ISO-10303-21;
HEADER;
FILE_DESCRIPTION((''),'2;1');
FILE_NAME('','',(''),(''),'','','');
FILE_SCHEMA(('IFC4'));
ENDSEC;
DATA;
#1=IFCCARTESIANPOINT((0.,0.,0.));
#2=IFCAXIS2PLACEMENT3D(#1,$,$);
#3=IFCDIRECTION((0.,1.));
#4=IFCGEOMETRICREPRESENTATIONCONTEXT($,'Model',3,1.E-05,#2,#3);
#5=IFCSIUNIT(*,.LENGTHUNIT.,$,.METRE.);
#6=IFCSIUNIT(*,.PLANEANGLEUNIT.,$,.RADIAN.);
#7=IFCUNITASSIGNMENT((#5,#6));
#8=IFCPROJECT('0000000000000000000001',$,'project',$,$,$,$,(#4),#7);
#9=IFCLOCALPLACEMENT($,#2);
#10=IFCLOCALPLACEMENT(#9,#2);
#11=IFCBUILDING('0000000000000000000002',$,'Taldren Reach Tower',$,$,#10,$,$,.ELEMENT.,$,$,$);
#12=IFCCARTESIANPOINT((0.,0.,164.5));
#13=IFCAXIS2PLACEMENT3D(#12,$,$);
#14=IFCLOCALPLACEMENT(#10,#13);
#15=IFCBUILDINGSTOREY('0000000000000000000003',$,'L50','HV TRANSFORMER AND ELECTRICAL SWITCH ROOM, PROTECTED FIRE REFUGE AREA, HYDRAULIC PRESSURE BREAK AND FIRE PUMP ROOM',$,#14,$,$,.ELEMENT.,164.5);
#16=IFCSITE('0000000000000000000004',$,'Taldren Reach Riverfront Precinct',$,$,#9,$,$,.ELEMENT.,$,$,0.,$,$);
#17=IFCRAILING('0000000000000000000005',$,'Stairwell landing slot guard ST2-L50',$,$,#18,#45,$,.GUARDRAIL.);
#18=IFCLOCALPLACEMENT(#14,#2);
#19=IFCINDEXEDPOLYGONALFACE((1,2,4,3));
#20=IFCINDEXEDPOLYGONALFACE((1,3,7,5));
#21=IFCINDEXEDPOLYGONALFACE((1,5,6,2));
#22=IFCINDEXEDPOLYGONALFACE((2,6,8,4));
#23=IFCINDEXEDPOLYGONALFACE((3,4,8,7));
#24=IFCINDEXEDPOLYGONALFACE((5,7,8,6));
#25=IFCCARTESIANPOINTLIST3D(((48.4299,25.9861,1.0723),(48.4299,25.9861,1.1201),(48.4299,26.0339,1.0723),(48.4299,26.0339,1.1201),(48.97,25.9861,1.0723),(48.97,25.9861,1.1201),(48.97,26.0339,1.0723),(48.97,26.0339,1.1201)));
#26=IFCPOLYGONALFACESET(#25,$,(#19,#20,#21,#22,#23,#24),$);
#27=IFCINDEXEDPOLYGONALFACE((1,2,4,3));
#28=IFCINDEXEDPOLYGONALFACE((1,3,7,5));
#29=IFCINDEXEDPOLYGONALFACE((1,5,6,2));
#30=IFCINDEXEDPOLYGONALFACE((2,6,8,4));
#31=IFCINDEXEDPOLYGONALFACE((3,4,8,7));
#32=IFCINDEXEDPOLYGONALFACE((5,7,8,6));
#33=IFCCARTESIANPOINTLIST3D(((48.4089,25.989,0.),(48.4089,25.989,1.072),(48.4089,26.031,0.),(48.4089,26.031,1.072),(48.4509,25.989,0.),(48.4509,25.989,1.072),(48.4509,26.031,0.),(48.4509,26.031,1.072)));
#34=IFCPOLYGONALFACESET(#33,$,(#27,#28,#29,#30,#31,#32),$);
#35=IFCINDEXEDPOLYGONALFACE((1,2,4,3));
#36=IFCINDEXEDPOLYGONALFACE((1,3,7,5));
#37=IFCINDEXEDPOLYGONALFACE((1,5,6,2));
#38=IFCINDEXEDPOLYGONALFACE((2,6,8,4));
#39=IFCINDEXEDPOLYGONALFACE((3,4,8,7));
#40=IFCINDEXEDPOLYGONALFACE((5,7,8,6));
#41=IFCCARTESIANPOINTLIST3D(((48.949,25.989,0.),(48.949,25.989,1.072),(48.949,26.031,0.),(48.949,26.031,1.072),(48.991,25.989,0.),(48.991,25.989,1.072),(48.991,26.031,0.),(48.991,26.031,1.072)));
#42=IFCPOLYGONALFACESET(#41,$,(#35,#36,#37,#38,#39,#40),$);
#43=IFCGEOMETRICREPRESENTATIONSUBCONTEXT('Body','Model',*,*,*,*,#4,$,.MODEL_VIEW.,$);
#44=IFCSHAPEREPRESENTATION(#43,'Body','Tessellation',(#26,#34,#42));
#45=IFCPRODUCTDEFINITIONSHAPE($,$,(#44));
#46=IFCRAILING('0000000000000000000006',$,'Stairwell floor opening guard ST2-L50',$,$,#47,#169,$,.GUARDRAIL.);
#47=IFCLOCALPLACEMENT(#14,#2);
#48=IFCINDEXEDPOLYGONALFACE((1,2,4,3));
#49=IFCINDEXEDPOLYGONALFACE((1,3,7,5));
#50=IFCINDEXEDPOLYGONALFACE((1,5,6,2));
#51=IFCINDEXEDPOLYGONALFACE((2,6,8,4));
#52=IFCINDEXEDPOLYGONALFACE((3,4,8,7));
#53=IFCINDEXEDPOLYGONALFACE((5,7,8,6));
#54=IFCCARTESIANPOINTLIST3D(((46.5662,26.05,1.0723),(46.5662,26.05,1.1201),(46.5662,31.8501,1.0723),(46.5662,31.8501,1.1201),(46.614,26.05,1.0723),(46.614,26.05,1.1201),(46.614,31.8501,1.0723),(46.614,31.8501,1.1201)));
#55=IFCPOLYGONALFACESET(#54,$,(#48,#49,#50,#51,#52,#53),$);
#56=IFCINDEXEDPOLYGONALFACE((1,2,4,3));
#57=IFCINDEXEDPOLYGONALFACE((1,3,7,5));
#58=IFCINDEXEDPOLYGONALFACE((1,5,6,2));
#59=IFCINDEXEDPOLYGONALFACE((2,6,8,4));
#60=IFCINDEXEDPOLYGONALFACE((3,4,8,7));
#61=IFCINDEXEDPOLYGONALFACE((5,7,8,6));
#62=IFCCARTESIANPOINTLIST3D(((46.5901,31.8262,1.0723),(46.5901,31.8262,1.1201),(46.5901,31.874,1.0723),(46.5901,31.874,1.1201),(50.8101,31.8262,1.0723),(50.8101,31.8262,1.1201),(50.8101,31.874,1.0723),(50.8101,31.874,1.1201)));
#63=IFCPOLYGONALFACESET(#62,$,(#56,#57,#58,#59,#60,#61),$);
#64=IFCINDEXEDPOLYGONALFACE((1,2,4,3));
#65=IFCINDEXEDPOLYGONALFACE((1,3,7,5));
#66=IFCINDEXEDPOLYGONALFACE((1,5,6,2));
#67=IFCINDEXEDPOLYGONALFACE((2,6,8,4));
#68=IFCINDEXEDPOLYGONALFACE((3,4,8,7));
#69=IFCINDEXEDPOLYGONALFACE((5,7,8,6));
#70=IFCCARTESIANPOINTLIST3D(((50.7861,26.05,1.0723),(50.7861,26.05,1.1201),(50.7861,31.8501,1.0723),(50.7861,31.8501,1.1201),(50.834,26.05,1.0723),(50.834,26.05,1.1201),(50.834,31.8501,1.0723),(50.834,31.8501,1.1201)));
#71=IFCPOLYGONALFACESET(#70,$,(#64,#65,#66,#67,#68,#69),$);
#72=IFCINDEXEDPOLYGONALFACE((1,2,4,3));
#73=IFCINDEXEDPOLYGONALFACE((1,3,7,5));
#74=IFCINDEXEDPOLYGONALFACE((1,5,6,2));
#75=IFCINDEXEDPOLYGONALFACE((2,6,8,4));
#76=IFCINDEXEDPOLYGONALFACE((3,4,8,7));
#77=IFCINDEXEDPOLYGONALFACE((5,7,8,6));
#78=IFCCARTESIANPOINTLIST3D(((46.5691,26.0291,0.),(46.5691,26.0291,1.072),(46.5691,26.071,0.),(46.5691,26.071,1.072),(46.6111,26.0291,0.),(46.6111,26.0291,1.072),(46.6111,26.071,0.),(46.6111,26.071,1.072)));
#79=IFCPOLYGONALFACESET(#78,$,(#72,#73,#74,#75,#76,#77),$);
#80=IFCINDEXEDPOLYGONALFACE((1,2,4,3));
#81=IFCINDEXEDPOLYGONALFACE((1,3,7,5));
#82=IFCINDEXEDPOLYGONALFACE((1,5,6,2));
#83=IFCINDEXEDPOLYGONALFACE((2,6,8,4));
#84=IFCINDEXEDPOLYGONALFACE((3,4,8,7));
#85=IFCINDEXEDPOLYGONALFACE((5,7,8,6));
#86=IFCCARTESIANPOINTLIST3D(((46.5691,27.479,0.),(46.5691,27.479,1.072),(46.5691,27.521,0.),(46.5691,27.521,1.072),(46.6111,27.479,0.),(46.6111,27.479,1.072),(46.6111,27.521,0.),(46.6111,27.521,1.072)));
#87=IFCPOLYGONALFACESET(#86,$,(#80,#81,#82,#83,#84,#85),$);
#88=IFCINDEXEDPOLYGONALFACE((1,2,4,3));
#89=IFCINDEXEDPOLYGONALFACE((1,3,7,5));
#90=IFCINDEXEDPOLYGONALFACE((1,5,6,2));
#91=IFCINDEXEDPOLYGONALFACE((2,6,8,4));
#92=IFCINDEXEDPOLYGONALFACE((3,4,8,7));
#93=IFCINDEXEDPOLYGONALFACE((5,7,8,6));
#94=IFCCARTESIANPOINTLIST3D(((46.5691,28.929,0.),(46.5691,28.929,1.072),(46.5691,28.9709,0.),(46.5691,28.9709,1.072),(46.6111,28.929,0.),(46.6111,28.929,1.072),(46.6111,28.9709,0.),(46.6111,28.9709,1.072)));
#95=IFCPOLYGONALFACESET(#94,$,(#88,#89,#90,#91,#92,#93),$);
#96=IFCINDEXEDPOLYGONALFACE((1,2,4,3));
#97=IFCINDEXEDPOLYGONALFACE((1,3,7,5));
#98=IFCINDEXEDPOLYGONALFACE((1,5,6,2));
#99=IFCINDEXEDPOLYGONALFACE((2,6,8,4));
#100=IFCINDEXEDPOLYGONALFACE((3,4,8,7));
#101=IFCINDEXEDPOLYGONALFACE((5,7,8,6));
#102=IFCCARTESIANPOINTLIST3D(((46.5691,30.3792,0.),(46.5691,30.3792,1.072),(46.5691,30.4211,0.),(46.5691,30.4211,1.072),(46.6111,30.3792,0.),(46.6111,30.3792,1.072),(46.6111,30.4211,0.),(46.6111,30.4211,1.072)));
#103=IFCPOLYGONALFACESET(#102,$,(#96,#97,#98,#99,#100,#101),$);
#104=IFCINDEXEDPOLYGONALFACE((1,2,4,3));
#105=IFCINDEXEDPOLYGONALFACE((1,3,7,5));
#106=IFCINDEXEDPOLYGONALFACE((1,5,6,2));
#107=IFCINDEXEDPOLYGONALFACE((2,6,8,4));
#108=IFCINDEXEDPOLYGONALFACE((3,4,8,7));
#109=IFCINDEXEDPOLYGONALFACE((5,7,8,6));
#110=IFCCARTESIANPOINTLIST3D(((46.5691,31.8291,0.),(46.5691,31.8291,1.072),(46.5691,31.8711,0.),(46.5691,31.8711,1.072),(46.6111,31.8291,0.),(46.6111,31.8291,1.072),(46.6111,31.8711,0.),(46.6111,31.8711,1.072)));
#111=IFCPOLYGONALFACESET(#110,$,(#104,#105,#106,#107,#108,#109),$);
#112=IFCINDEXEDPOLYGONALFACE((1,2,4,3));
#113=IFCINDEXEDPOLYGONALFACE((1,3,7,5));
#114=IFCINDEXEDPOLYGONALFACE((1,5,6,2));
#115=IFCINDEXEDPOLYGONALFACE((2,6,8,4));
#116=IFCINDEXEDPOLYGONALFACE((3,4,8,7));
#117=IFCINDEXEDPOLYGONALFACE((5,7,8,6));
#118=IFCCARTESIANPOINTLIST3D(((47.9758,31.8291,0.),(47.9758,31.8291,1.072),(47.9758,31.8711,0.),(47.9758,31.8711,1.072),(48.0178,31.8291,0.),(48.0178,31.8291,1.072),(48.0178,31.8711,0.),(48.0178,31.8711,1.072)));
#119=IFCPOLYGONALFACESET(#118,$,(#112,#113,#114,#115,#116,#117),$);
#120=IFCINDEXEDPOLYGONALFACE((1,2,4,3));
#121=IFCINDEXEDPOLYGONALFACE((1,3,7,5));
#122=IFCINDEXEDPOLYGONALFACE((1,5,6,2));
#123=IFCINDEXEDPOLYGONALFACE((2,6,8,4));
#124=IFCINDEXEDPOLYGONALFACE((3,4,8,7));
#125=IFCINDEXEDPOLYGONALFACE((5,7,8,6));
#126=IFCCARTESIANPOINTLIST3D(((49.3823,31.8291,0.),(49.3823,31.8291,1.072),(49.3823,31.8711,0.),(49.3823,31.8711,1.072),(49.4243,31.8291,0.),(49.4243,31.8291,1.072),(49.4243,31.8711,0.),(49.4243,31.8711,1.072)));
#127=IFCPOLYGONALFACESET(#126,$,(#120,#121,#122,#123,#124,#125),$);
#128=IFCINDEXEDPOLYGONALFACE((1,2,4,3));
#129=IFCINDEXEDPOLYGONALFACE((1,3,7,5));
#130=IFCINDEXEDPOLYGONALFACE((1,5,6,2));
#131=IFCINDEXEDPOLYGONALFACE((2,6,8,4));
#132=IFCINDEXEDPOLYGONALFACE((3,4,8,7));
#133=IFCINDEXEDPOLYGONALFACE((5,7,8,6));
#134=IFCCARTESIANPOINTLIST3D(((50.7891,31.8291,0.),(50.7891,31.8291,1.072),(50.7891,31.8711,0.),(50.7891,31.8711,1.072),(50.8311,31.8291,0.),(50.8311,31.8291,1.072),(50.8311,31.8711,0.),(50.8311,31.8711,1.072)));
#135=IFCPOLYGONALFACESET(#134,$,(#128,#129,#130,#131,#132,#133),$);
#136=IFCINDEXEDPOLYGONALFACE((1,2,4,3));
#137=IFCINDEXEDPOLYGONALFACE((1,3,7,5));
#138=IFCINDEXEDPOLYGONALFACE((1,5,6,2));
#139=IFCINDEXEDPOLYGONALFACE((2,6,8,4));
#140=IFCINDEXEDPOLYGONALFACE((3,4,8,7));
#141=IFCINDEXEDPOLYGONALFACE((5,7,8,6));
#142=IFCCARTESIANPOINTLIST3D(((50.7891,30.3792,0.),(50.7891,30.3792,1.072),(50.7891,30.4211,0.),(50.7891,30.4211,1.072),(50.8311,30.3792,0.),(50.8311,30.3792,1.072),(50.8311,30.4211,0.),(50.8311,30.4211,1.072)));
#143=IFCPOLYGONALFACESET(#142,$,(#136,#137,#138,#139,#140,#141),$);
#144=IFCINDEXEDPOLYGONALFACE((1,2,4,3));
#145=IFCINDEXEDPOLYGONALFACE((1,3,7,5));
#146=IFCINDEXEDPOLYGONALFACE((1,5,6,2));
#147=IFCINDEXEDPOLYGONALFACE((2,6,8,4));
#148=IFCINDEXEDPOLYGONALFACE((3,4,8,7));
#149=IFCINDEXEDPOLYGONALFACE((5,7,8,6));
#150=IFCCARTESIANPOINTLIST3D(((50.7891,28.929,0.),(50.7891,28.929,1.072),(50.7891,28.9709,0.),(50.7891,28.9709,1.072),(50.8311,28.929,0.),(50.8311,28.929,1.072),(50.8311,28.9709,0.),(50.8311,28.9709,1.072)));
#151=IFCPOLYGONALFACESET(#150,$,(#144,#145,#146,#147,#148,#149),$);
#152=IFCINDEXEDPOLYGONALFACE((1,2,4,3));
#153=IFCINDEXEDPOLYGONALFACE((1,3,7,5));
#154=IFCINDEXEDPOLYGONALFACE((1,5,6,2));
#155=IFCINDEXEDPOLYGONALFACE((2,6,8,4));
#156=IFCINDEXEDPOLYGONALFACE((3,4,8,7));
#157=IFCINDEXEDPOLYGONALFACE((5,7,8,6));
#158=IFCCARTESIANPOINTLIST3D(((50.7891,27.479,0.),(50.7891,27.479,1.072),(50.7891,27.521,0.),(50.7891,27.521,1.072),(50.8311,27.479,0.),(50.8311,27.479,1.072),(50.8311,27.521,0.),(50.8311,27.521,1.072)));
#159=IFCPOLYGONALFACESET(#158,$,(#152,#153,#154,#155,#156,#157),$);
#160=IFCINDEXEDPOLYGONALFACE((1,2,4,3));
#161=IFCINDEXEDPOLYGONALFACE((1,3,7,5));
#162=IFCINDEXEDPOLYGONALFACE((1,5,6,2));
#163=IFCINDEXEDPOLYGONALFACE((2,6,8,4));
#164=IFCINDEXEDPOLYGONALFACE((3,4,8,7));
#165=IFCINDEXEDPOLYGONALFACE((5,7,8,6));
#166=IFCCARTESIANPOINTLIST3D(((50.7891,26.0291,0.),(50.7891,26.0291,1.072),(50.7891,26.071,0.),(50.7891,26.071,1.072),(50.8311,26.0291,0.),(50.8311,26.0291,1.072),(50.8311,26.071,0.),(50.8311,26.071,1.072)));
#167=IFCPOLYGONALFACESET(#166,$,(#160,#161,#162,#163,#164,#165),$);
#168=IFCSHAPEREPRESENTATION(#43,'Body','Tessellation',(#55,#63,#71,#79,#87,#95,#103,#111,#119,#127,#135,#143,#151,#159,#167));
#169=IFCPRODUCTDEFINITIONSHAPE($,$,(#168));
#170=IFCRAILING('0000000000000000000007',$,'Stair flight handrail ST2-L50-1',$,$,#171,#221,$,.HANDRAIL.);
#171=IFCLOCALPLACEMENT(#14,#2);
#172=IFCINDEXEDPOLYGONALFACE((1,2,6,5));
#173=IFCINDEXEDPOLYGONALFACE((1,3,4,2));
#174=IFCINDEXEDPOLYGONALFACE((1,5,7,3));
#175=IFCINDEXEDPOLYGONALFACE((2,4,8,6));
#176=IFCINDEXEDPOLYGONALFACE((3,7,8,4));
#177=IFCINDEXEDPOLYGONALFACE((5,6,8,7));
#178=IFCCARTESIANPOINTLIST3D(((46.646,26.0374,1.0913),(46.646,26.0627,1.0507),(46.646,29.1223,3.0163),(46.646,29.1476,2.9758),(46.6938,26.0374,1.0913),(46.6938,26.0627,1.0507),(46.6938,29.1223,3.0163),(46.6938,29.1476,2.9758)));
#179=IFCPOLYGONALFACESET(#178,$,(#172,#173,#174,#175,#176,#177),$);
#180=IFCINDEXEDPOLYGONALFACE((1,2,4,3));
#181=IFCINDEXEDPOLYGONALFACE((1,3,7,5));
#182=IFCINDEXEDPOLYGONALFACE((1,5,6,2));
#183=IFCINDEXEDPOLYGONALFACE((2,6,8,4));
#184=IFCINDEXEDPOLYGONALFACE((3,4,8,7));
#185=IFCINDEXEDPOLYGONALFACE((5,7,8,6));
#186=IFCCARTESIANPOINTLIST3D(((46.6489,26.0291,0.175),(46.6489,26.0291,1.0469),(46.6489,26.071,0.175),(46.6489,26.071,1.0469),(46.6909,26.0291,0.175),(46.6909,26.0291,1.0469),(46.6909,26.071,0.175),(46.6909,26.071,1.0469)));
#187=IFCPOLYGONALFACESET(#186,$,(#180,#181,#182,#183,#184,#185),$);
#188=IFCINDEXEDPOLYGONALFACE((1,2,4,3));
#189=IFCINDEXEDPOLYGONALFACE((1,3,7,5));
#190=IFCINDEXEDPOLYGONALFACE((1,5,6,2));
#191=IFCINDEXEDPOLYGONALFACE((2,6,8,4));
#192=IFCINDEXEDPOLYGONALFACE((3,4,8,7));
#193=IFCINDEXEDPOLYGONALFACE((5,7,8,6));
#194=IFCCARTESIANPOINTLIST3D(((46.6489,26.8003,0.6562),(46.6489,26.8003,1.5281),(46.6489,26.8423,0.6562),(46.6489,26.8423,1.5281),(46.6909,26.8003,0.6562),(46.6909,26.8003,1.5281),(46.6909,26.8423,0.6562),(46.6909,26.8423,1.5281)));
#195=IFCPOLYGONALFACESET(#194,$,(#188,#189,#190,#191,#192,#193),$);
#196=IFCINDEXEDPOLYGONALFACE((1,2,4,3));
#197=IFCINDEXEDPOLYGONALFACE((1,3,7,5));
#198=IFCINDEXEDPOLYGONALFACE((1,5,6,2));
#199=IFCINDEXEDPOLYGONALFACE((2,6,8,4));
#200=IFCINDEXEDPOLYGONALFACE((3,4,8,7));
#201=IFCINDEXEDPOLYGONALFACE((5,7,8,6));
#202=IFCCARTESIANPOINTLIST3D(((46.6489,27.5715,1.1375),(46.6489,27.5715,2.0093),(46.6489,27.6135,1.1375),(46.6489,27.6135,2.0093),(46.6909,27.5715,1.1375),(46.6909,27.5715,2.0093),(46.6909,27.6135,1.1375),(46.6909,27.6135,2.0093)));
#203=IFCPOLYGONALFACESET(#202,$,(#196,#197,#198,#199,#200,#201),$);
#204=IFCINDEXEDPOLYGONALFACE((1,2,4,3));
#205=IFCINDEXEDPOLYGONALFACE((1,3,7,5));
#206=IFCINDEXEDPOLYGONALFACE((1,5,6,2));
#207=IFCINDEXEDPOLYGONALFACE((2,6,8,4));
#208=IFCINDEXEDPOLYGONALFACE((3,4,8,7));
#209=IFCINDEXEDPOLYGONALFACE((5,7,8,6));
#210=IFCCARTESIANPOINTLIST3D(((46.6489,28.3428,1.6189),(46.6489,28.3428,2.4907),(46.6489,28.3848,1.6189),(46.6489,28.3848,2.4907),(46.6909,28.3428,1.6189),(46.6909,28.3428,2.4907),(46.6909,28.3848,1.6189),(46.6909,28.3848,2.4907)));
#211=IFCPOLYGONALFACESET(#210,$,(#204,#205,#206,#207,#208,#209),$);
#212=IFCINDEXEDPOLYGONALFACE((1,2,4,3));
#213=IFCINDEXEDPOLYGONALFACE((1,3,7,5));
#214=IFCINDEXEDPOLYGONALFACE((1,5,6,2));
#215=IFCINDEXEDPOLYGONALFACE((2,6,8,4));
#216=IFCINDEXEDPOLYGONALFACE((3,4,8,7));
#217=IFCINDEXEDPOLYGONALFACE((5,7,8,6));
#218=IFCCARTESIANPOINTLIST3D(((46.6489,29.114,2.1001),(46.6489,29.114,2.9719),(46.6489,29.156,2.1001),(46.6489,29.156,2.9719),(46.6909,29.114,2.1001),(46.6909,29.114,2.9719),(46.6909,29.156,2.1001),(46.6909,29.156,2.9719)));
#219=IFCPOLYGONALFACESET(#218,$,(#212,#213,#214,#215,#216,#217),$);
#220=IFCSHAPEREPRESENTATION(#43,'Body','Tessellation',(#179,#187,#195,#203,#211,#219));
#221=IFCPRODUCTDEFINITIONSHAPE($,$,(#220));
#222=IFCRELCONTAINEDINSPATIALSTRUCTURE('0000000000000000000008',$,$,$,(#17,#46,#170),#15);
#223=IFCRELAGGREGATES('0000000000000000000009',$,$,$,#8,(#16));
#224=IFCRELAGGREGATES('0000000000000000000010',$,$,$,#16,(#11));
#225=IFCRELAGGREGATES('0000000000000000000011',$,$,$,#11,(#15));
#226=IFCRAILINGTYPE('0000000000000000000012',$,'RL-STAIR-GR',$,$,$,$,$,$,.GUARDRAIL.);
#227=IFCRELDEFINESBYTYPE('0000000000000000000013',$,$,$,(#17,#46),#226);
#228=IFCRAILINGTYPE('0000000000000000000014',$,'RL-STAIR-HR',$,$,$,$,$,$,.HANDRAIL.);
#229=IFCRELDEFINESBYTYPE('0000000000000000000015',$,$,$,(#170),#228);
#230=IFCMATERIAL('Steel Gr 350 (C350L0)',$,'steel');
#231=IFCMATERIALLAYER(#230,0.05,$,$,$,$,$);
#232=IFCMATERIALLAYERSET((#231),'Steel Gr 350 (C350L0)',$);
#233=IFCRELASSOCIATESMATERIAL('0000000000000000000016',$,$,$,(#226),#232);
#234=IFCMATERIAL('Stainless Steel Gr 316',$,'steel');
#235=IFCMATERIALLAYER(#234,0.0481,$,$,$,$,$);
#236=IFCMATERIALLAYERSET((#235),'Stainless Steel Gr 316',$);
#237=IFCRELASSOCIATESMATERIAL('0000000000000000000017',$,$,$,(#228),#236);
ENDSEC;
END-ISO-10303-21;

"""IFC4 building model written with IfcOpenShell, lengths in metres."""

from ifc_helpers import new_model, si_unit, direction, frame, origin, origin_2d, place, context, subcontext, project, spatial, rectangle, extrude, material, layer, layer_set, type_object, element, save


model = new_model("IFC4")

# Units and contexts
model_context = context("Model", 3, precision=1e-05, world=origin(), true_north=direction((0.0, 1.0)))
body_context = subcontext(model_context, "Body", "Model", "MODEL_VIEW")
ifc_project = project(units=[si_unit("LENGTHUNIT", "METRE"), si_unit("PLANEANGLEUNIT", "RADIAN")], contexts=[model_context])

# Site, building, storey
site_placement = place(None, origin())
site = spatial("IfcSite", under=ifc_project, at=site_placement, Name="Taldren Reach Riverfront Precinct", CompositionType="ELEMENT", RefElevation=0.0)
building_placement = place(site_placement, origin())
building = spatial("IfcBuilding", under=site, at=building_placement, Name="Taldren Reach Tower", CompositionType="ELEMENT")
storey_placement = place(building_placement, frame((0.0, 0.0, 164.5)))
storey = spatial("IfcBuildingStorey", under=building, at=storey_placement, Name="L50", Description="HV TRANSFORMER AND ELECTRICAL SWITCH ROOM, PROTECTED FIRE REFUGE AREA, HYDRAULIC PRESSURE BREAK AND FIRE PUMP ROOM", CompositionType="ELEMENT", Elevation=164.5)

# Shared definitions
ifc_material_1 = material(Name="Steel Gr 350 (C350L0)", Category="steel")

# Railings
ifc_layer_1 = layer(ifc_material_1, 0.05)
ifc_layer_set_1 = layer_set([ifc_layer_1], Name="Steel Gr 350 (C350L0)")
railing_type_1 = type_object("IfcRailingType", Name="RL-STAIR-GR", PredefinedType="GUARDRAIL", material=ifc_layer_set_1)
railing_1_placement = place(storey_placement, frame((48.4299, 26.01, 0.0)))
element("IfcRailing", 1, at=railing_1_placement, inside=storey, type_object=railing_type_1, Name="Stairwell landing slot guard ST2-L50", PredefinedType="GUARDRAIL", context=body_context, shape_type="SweptSolid", body=[
    extrude(rectangle(XDim=0.0479, YDim=0.0479, at=origin_2d()), frame((0.0, 0.0, 1.0962), z_axis=(1.0, 0.0, 0.0), x_axis=(0.0, 1.0, 0.0)), (0.0, 0.0, 1.0), 0.54),
    extrude(rectangle(XDim=0.042, YDim=0.042, at=origin_2d()), origin(), (0.0, 0.0, 1.0), 1.072),
    extrude(rectangle(XDim=0.042, YDim=0.042, at=origin_2d()), frame((0.54, 0.0, 0.0)), (0.0, 0.0, 1.0), 1.072),
])
railing_2_placement = place(storey_placement, frame((46.5901, 26.05, 0.0)))
element("IfcRailing", 2, at=railing_2_placement, inside=storey, type_object=railing_type_1, Name="Stairwell floor opening guard ST2-L50", PredefinedType="GUARDRAIL", context=body_context, shape_type="SweptSolid", body=[
    extrude(rectangle(XDim=0.0479, YDim=0.0479, at=origin_2d()), frame((0.0, 0.0, 1.0962), z_axis=(0.0, 1.0, 0.0), x_axis=(-1.0, 0.0, 0.0)), (0.0, 0.0, 1.0), 5.8),
    extrude(rectangle(XDim=0.0479, YDim=0.0479, at=origin_2d()), frame((0.0, 5.8, 1.0962), z_axis=(1.0, 0.0, 0.0), x_axis=(0.0, 1.0, 0.0)), (0.0, 0.0, 1.0), 4.22),
    extrude(rectangle(XDim=0.0479, YDim=0.0479, at=origin_2d()), frame((4.22, 5.8, 1.0962), z_axis=(0.0, -1.0, 0.0), x_axis=(1.0, 0.0, 0.0)), (0.0, 0.0, 1.0), 5.8),
    extrude(rectangle(XDim=0.042, YDim=0.042, at=origin_2d()), origin(), (0.0, 0.0, 1.0), 1.072),
    extrude(rectangle(XDim=0.042, YDim=0.042, at=origin_2d()), frame((0.0, 1.45, 0.0)), (0.0, 0.0, 1.0), 1.072),
    extrude(rectangle(XDim=0.042, YDim=0.042, at=origin_2d()), frame((0.0, 2.8999, 0.0)), (0.0, 0.0, 1.0), 1.072),
    extrude(rectangle(XDim=0.042, YDim=0.042, at=origin_2d()), frame((0.0, 4.3501, 0.0)), (0.0, 0.0, 1.0), 1.072),
    extrude(rectangle(XDim=0.042, YDim=0.042, at=origin_2d()), frame((0.0, 5.8, 0.0)), (0.0, 0.0, 1.0), 1.072),
    extrude(rectangle(XDim=0.042, YDim=0.042, at=origin_2d()), frame((1.4067, 5.8, 0.0)), (0.0, 0.0, 1.0), 1.072),
    extrude(rectangle(XDim=0.042, YDim=0.042, at=origin_2d()), frame((2.8132, 5.8, 0.0)), (0.0, 0.0, 1.0), 1.072),
    extrude(rectangle(XDim=0.042, YDim=0.042, at=origin_2d()), frame((4.22, 5.8, 0.0)), (0.0, 0.0, 1.0), 1.072),
    extrude(rectangle(XDim=0.042, YDim=0.042, at=origin_2d()), frame((4.22, 4.3501, 0.0)), (0.0, 0.0, 1.0), 1.072),
    extrude(rectangle(XDim=0.042, YDim=0.042, at=origin_2d()), frame((4.22, 2.8999, 0.0)), (0.0, 0.0, 1.0), 1.072),
    extrude(rectangle(XDim=0.042, YDim=0.042, at=origin_2d()), frame((4.22, 1.45, 0.0)), (0.0, 0.0, 1.0), 1.072),
    extrude(rectangle(XDim=0.042, YDim=0.042, at=origin_2d()), frame((4.22, 0.0, 0.0)), (0.0, 0.0, 1.0), 1.072),
])
ifc_material_2 = material(Name="Stainless Steel Gr 316", Category="steel")
ifc_layer_2 = layer(ifc_material_2, 0.0481)
ifc_layer_set_2 = layer_set([ifc_layer_2], Name="Stainless Steel Gr 316")
railing_type_2 = type_object("IfcRailingType", Name="RL-STAIR-HR", PredefinedType="HANDRAIL", material=ifc_layer_set_2)
railing_3_placement = place(storey_placement, frame((46.6699, 26.05, 0.175)))
element("IfcRailing", 3, at=railing_3_placement, inside=storey, type_object=railing_type_2, Name="Stair flight handrail ST2-L50-1", PredefinedType="HANDRAIL", context=body_context, shape_type="SweptSolid", body=[
    extrude(rectangle(XDim=0.0479, YDim=0.0479, at=origin_2d()), frame((0.0, 0.0, 0.896), z_axis=(0.0, 0.848375, 0.529395), x_axis=(-1.0, 0.0, 0.0)), (0.0, 0.0, 1.0), 3.6362),
    extrude(rectangle(XDim=0.042, YDim=0.042, at=origin_2d()), origin(), (0.0, 0.0, 1.0), 0.8718),
    extrude(rectangle(XDim=0.042, YDim=0.042, at=origin_2d()), frame((0.0, 0.7712, 0.4812)), (0.0, 0.0, 1.0), 0.8718),
    extrude(rectangle(XDim=0.042, YDim=0.042, at=origin_2d()), frame((0.0, 1.5425, 0.9624)), (0.0, 0.0, 1.0), 0.8718),
    extrude(rectangle(XDim=0.042, YDim=0.042, at=origin_2d()), frame((0.0, 2.3137, 1.4438)), (0.0, 0.0, 1.0), 0.8718),
    extrude(rectangle(XDim=0.042, YDim=0.042, at=origin_2d()), frame((0.0, 3.085, 1.925)), (0.0, 0.0, 1.0), 0.8718),
])

save(model, "model.ifc")
